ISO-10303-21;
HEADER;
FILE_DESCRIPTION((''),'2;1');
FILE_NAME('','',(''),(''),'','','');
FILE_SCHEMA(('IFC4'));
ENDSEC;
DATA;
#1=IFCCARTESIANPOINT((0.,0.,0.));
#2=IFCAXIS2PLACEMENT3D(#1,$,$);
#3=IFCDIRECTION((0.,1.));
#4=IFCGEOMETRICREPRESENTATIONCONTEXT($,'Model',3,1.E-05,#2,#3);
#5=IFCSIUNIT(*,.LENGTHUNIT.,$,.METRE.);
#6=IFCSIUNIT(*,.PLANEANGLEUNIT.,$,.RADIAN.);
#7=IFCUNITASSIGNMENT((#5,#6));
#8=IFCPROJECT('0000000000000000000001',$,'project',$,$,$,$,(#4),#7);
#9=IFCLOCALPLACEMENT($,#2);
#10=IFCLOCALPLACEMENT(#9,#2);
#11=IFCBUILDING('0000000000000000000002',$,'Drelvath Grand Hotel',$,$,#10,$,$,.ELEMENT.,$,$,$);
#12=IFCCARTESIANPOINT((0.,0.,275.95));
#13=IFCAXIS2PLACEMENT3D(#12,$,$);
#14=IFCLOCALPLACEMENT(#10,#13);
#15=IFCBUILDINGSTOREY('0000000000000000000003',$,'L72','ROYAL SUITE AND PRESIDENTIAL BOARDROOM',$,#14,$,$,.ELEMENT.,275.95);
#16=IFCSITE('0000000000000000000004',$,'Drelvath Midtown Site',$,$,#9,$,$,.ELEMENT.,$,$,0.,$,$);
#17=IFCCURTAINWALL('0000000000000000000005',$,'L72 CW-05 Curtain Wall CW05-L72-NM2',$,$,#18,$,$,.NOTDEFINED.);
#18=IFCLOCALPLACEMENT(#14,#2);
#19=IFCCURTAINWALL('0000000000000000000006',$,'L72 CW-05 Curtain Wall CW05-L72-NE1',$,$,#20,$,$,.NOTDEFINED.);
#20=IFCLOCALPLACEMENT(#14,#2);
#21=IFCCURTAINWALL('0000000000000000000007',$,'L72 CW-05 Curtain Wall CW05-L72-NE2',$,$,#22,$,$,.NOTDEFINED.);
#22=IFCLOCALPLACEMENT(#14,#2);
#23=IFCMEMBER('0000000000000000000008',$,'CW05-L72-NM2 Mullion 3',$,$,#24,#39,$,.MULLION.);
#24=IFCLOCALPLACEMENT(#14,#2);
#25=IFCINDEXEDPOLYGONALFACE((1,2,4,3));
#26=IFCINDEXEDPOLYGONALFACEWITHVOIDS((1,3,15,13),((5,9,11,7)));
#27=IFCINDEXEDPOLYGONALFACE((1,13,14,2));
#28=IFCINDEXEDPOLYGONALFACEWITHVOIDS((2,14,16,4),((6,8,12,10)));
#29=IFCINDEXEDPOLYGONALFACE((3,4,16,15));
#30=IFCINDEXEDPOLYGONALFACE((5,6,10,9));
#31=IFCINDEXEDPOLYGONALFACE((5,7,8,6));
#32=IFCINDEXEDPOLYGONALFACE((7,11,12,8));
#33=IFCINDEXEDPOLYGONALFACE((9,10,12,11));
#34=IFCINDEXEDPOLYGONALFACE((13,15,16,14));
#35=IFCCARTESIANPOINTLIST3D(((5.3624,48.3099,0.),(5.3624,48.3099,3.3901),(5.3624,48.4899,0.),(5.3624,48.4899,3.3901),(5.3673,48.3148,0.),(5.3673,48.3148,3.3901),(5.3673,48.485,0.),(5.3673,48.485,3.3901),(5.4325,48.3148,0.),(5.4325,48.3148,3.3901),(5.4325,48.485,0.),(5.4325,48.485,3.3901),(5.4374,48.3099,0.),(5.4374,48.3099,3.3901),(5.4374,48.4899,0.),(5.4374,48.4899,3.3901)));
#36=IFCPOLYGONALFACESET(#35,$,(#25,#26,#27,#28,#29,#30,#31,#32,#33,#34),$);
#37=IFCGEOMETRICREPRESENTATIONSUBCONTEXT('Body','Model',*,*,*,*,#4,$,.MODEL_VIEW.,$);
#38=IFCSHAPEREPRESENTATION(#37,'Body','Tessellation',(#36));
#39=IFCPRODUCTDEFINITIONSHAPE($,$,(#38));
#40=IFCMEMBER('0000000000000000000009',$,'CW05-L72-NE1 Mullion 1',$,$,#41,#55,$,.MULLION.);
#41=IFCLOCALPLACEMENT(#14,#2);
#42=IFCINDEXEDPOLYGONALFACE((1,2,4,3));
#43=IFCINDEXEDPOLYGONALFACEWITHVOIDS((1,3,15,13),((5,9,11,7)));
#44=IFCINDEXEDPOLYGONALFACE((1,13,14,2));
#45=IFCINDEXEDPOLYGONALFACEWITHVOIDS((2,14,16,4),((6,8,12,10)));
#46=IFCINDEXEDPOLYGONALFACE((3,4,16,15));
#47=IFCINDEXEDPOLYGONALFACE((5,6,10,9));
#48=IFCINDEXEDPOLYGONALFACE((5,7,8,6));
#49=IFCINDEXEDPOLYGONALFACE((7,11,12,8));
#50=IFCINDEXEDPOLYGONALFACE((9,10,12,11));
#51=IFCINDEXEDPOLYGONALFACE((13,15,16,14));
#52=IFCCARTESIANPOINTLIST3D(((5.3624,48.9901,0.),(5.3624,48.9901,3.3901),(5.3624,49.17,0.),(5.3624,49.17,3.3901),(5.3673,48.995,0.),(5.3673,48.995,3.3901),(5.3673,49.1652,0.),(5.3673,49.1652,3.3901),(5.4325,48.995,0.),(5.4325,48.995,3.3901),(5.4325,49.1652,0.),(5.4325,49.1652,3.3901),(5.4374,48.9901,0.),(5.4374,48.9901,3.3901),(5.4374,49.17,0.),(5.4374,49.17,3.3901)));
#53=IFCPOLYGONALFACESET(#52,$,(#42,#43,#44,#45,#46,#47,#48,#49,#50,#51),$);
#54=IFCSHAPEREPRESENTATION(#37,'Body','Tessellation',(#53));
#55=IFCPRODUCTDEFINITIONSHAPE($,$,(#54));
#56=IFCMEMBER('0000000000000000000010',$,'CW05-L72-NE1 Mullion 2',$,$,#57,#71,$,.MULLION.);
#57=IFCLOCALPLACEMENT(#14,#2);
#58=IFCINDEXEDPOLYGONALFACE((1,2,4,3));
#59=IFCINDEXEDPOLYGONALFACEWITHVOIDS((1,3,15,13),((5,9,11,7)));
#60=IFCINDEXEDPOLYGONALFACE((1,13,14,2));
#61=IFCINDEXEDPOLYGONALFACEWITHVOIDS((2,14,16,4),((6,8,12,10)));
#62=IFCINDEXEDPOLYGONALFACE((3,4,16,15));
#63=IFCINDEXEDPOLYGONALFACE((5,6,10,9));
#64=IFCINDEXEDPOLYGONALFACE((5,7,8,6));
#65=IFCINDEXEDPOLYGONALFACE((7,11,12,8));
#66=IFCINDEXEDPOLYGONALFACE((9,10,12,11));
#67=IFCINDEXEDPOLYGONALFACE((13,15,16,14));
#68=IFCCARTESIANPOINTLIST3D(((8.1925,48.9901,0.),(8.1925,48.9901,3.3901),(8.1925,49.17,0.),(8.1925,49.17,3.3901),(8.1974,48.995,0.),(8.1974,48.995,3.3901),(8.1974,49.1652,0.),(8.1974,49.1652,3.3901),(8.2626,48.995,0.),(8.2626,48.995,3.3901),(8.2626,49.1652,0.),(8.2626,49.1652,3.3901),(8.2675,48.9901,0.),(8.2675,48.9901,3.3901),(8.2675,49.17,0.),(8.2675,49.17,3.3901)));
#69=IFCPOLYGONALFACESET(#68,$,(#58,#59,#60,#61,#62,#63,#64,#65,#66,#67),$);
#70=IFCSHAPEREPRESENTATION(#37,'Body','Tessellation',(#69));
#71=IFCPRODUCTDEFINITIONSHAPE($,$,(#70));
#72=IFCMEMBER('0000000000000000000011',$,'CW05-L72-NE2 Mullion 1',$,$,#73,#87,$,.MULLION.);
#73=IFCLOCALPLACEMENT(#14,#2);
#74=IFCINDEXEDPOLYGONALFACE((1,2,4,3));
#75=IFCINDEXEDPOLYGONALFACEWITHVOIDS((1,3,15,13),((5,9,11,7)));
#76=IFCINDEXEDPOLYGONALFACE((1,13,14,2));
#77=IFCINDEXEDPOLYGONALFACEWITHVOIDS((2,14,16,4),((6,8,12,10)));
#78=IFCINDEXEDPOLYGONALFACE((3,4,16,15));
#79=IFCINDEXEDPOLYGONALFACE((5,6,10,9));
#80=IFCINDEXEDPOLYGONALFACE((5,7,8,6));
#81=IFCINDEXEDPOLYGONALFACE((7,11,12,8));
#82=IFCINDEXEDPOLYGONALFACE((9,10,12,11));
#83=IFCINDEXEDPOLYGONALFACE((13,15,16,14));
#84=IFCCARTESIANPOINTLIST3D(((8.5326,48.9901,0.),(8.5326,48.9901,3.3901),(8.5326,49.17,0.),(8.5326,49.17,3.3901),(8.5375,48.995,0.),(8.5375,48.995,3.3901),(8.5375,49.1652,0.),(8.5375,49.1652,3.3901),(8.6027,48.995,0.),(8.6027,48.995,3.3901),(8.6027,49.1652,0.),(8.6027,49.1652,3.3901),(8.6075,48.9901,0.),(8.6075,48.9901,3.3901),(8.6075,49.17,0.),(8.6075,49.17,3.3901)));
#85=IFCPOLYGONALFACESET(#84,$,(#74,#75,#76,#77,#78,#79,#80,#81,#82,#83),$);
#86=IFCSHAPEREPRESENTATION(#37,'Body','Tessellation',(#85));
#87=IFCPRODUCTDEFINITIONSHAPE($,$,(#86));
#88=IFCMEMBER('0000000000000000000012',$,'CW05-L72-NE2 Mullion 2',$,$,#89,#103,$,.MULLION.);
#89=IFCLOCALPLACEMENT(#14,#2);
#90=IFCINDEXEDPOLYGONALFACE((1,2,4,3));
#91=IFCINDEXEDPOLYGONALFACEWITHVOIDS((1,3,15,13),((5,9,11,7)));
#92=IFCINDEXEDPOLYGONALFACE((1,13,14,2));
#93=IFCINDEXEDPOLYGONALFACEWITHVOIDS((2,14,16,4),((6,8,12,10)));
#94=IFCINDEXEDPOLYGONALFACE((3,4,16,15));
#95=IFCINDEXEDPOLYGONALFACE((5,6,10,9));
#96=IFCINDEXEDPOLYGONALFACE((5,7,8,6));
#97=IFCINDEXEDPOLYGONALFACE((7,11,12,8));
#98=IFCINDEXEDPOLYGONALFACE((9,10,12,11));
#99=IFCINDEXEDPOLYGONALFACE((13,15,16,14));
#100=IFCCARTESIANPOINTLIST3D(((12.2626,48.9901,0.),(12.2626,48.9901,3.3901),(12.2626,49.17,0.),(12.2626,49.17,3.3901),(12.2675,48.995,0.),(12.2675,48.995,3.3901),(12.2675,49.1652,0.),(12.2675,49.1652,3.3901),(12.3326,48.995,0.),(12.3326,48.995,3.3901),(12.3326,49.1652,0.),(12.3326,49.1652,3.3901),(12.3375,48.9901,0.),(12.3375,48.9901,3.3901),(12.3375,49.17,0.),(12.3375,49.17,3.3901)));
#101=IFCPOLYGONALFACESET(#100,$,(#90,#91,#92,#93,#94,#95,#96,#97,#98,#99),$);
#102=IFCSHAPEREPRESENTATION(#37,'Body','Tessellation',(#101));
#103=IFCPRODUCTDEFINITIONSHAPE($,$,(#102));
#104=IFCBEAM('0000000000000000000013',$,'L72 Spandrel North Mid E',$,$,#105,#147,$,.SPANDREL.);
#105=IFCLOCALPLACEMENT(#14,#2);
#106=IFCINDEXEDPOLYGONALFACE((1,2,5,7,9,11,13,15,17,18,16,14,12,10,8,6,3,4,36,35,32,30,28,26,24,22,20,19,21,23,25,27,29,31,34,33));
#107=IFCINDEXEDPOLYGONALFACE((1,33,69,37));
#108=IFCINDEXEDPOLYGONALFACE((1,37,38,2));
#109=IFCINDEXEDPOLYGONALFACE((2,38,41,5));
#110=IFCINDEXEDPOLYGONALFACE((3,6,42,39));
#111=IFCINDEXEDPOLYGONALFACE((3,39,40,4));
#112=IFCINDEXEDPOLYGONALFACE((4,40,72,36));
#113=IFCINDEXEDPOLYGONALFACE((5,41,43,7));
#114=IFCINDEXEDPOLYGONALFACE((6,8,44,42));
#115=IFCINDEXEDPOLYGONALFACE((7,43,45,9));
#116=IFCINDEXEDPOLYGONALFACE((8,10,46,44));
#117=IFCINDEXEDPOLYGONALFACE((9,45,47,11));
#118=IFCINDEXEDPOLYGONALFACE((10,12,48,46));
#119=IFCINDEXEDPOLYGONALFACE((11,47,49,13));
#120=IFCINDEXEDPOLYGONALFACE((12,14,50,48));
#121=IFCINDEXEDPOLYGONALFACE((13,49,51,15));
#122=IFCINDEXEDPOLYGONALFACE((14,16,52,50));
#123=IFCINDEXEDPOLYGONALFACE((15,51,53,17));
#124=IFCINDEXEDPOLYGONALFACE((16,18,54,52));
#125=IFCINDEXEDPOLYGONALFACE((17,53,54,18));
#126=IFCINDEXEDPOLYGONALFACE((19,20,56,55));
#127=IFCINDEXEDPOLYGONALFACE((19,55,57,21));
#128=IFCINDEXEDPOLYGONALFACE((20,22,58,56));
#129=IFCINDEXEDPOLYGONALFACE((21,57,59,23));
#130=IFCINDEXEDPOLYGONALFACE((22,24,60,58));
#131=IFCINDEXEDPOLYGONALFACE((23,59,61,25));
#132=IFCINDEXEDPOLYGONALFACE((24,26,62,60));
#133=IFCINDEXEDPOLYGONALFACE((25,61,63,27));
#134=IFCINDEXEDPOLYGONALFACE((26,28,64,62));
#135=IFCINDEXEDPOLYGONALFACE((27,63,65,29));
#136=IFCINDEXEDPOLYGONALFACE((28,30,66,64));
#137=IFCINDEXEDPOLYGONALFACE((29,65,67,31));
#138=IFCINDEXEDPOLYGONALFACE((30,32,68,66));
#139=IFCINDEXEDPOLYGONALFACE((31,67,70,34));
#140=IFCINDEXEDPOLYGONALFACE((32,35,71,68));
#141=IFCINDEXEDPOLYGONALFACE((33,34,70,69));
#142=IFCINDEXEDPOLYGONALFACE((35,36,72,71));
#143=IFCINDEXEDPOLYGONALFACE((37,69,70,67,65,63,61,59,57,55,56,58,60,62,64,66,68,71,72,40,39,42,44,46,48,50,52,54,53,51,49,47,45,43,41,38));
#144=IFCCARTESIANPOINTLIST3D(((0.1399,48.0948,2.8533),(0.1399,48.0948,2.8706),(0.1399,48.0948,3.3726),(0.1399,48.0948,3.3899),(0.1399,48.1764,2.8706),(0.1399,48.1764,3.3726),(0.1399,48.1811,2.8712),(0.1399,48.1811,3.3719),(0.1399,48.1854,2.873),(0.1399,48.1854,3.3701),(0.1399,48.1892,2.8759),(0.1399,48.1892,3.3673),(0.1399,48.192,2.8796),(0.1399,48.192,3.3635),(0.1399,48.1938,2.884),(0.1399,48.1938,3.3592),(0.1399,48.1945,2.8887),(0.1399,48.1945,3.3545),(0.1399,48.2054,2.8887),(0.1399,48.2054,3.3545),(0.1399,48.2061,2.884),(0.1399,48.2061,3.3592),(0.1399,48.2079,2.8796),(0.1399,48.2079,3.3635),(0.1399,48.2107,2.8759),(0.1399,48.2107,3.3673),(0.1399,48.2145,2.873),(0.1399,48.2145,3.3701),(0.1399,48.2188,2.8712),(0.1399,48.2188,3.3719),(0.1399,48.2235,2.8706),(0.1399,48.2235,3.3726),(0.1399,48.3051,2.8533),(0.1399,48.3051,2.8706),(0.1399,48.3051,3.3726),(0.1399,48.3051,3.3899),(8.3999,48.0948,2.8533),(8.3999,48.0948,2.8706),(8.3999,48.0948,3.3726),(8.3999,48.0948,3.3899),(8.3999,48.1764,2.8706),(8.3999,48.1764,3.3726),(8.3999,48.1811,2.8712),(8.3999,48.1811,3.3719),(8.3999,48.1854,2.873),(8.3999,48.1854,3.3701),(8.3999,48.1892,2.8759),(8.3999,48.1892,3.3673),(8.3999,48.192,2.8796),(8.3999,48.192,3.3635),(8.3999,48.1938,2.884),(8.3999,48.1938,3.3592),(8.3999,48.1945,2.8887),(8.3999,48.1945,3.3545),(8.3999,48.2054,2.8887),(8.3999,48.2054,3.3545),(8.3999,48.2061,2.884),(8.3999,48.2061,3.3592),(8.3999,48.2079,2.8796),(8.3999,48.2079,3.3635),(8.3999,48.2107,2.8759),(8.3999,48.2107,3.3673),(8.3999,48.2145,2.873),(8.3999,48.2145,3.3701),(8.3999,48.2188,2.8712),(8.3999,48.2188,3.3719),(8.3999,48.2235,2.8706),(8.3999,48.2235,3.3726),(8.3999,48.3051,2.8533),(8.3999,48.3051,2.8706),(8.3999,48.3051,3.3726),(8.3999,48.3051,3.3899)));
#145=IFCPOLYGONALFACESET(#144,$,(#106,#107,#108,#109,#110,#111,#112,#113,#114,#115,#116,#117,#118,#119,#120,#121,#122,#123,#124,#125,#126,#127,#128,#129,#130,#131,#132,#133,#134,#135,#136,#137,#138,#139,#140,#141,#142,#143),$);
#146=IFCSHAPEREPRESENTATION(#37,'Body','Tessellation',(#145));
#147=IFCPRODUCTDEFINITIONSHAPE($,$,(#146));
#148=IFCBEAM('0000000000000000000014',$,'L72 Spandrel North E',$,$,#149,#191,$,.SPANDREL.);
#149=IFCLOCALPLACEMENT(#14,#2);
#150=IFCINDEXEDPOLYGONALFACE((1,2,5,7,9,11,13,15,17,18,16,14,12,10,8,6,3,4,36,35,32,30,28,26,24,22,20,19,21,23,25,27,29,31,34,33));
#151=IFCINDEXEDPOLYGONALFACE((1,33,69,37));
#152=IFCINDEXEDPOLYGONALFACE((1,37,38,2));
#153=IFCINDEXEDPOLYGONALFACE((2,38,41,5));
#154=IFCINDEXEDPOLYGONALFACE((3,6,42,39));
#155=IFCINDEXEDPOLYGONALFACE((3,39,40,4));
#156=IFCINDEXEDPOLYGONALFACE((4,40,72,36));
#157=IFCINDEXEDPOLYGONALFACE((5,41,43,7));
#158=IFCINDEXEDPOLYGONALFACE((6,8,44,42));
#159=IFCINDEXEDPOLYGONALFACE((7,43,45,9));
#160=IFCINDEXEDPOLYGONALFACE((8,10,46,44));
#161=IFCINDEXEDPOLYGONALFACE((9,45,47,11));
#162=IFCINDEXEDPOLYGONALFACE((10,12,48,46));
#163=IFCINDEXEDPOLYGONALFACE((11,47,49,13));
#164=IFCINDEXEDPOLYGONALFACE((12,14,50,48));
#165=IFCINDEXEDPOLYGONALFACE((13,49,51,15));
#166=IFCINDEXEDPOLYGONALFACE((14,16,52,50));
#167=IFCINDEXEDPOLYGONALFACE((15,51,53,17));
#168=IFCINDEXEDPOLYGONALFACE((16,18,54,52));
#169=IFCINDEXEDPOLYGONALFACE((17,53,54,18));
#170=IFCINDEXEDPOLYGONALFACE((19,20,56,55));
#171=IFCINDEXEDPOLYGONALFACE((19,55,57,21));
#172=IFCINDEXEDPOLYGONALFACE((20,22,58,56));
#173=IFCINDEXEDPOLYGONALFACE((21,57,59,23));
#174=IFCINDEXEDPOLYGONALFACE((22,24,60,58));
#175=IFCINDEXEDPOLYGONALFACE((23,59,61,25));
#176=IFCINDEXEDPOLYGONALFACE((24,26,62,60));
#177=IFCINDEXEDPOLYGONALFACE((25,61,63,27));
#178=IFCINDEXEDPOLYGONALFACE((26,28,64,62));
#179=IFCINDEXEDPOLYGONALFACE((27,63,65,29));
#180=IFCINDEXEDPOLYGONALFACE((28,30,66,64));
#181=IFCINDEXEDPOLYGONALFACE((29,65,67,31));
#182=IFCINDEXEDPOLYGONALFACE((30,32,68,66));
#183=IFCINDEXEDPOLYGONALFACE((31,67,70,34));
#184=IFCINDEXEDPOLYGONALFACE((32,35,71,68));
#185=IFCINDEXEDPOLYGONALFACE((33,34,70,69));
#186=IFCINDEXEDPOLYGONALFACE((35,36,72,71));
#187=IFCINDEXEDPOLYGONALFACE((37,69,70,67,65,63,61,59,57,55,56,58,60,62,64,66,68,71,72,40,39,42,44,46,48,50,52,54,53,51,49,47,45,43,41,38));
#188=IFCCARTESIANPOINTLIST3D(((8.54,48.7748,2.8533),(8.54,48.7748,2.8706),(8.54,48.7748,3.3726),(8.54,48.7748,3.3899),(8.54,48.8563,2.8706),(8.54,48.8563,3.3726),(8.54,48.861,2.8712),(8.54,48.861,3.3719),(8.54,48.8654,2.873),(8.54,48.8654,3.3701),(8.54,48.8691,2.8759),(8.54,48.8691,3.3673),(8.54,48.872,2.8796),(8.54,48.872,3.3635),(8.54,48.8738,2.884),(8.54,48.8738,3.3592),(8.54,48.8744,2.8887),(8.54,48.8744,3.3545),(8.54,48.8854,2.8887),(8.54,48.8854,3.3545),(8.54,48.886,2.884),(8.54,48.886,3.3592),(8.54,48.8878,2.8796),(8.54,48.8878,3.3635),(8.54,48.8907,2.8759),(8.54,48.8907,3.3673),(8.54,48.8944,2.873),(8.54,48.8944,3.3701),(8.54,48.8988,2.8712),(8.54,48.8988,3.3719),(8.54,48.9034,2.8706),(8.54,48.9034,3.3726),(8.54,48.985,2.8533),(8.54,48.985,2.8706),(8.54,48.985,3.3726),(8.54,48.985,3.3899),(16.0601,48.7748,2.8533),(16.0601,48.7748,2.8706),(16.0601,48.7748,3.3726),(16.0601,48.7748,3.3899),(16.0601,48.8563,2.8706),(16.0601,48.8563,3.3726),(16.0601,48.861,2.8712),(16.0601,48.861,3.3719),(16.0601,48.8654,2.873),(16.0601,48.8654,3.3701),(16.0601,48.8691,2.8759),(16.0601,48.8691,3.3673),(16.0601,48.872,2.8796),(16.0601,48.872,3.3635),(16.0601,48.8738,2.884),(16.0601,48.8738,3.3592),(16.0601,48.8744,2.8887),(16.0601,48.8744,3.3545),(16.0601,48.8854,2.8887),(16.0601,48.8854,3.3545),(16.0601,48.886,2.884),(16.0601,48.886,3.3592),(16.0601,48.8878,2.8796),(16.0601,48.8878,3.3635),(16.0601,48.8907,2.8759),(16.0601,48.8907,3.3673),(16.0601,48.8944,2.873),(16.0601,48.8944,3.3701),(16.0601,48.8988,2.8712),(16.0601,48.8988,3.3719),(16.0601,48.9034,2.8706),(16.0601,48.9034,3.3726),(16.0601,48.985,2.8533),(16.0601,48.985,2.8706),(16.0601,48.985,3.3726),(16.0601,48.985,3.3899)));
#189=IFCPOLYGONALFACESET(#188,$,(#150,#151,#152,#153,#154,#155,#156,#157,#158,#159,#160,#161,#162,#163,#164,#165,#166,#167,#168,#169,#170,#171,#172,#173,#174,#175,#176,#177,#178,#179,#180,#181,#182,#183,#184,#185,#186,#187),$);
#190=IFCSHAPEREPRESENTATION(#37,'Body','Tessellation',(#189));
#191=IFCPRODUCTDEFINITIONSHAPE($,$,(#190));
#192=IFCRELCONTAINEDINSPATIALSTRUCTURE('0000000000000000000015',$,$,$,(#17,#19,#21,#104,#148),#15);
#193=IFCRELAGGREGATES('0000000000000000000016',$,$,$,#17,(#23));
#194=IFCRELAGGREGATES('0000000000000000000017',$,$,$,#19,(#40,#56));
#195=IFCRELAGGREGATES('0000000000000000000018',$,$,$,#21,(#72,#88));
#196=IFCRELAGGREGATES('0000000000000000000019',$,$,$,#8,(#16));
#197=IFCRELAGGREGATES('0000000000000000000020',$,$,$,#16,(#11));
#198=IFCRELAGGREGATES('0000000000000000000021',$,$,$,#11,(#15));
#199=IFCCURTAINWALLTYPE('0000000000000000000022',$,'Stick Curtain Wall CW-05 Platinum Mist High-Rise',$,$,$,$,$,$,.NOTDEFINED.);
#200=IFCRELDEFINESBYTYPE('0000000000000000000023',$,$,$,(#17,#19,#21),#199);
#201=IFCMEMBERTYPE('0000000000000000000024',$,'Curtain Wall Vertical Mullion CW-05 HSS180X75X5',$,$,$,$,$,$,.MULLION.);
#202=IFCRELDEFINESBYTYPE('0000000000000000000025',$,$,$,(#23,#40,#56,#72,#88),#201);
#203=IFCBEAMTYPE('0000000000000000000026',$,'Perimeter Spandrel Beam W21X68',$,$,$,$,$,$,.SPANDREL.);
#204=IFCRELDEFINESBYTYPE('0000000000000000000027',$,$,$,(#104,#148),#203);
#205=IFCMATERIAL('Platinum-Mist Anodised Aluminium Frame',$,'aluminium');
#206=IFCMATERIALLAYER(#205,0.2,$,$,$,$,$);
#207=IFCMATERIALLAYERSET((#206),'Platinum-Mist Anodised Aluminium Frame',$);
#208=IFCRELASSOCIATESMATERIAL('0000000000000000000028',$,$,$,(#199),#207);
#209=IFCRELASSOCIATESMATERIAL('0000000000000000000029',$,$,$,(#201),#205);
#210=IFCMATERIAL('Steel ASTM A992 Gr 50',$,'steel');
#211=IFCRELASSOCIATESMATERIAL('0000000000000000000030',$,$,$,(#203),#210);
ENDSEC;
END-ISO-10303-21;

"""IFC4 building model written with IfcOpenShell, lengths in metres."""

from ifc_helpers import new_model, si_unit, direction, frame, origin, origin_2d, place, context, subcontext, project, spatial, hollow_rectangle, i_section, extrude, material, layer, layer_set, material_profile, profile_set, type_object, element, aggregate, save


model = new_model("IFC4")

# Units and contexts
model_context = context("Model", 3, precision=1e-05, world=origin(), true_north=direction((0.0, 1.0)))
body_context = subcontext(model_context, "Body", "Model", "MODEL_VIEW")
ifc_project = project(units=[si_unit("LENGTHUNIT", "METRE"), si_unit("PLANEANGLEUNIT", "RADIAN")], contexts=[model_context])

# Site, building, storey
site_placement = place(None, origin())
site = spatial("IfcSite", under=ifc_project, at=site_placement, Name="Drelvath Midtown Site", CompositionType="ELEMENT", RefElevation=0.0)
building_placement = place(site_placement, origin())
building = spatial("IfcBuilding", under=site, at=building_placement, Name="Drelvath Grand Hotel", CompositionType="ELEMENT")
storey_placement = place(building_placement, frame((0.0, 0.0, 275.95)))
storey = spatial("IfcBuildingStorey", under=building, at=storey_placement, Name="L72", Description="ROYAL SUITE AND PRESIDENTIAL BOARDROOM", CompositionType="ELEMENT", Elevation=275.95)

# Curtain walls
ifc_material_1 = material(Name="Platinum-Mist Anodised Aluminium Frame", Category="aluminium")
ifc_layer_1 = layer(ifc_material_1, 0.2)
ifc_layer_set_1 = layer_set([ifc_layer_1], Name="Platinum-Mist Anodised Aluminium Frame")
curtain_wall_type = type_object("IfcCurtainWallType", Name="Stick Curtain Wall CW-05 Platinum Mist High-Rise", PredefinedType="NOTDEFINED", material=ifc_layer_set_1)
curtain_wall_1_placement = place(storey_placement, origin())
curtain_wall_1 = element("IfcCurtainWall", 1, at=curtain_wall_1_placement, inside=storey, type_object=curtain_wall_type, Name="L72 CW-05 Curtain Wall CW05-L72-NM2", PredefinedType="NOTDEFINED")
curtain_wall_2_placement = place(storey_placement, origin())
curtain_wall_2 = element("IfcCurtainWall", 2, at=curtain_wall_2_placement, inside=storey, type_object=curtain_wall_type, Name="L72 CW-05 Curtain Wall CW05-L72-NE1", PredefinedType="NOTDEFINED")
curtain_wall_3_placement = place(storey_placement, origin())
curtain_wall_3 = element("IfcCurtainWall", 3, at=curtain_wall_3_placement, inside=storey, type_object=curtain_wall_type, Name="L72 CW-05 Curtain Wall CW05-L72-NE2", PredefinedType="NOTDEFINED")

# Members
ifc_material_profile_1 = material_profile(ifc_material_1, hollow_rectangle(XDim=0.075, YDim=0.1799, WallThickness=0.0049, at=origin_2d()), Name="HSS180X75X5")
ifc_profile_set_1 = profile_set([ifc_material_profile_1], Name="Platinum-Mist Anodised Aluminium Frame")
member_type_1 = type_object("IfcMemberType", Name="Curtain Wall Vertical Mullion CW-05 HSS180X75X5", PredefinedType="MULLION", material=ifc_profile_set_1)
member_1_placement = place(storey_placement, frame((5.3999, 48.3999, 0.0), z_axis=(0.0, 0.0, 1.0), x_axis=(1.0, 0.0, 0.0)))
member_1 = element("IfcMember", 4, at=member_1_placement, type_object=member_type_1, Name="CW05-L72-NM2 Mullion 3", PredefinedType="MULLION", context=body_context, shape_type="SweptSolid", body=[
    extrude(hollow_rectangle(XDim=0.075, YDim=0.1799, WallThickness=0.0049, at=origin_2d()), origin(), (0.0, 0.0, 1.0), 3.3901),
])
member_2_placement = place(storey_placement, frame((5.3999, 49.0801, 0.0), z_axis=(0.0, 0.0, 1.0), x_axis=(1.0, 0.0, 0.0)))
member_2 = element("IfcMember", 5, at=member_2_placement, type_object=member_type_1, Name="CW05-L72-NE1 Mullion 1", PredefinedType="MULLION", context=body_context, shape_type="SweptSolid", body=[
    extrude(hollow_rectangle(XDim=0.075, YDim=0.1799, WallThickness=0.0049, at=origin_2d()), origin(), (0.0, 0.0, 1.0), 3.3901),
])
member_3_placement = place(storey_placement, frame((8.23, 49.0801, 0.0), z_axis=(0.0, 0.0, 1.0), x_axis=(1.0, 0.0, 0.0)))
member_3 = element("IfcMember", 6, at=member_3_placement, type_object=member_type_1, Name="CW05-L72-NE1 Mullion 2", PredefinedType="MULLION", context=body_context, shape_type="SweptSolid", body=[
    extrude(hollow_rectangle(XDim=0.075, YDim=0.1799, WallThickness=0.0049, at=origin_2d()), origin(), (0.0, 0.0, 1.0), 3.3901),
])
member_4_placement = place(storey_placement, frame((8.5701, 49.0801, 0.0), z_axis=(0.0, 0.0, 1.0), x_axis=(1.0, 0.0, 0.0)))
member_4 = element("IfcMember", 7, at=member_4_placement, type_object=member_type_1, Name="CW05-L72-NE2 Mullion 1", PredefinedType="MULLION", context=body_context, shape_type="SweptSolid", body=[
    extrude(hollow_rectangle(XDim=0.075, YDim=0.1799, WallThickness=0.0049, at=origin_2d()), origin(), (0.0, 0.0, 1.0), 3.3901),
])
member_5_placement = place(storey_placement, frame((12.3, 49.0801, 0.0), z_axis=(0.0, 0.0, 1.0), x_axis=(1.0, 0.0, 0.0)))
member_5 = element("IfcMember", 8, at=member_5_placement, type_object=member_type_1, Name="CW05-L72-NE2 Mullion 2", PredefinedType="MULLION", context=body_context, shape_type="SweptSolid", body=[
    extrude(hollow_rectangle(XDim=0.075, YDim=0.1799, WallThickness=0.0049, at=origin_2d()), origin(), (0.0, 0.0, 1.0), 3.3901),
])

# Beams
ifc_material_2 = material(Name="Steel ASTM A992 Gr 50", Category="steel")
ifc_material_profile_2 = material_profile(ifc_material_2, i_section(OverallWidth=0.2102, OverallDepth=0.5366, WebThickness=0.011, FlangeThickness=0.0173, FilletRadius=0.0181, at=origin_2d()), Name="W21X68")
ifc_profile_set_2 = profile_set([ifc_material_profile_2], Name="Steel ASTM A992 Gr 50")
beam_type_1 = type_object("IfcBeamType", Name="Perimeter Spandrel Beam W21X68", PredefinedType="SPANDREL", material=ifc_profile_set_2)
beam_1_placement = place(storey_placement, frame((0.1399, 48.2, 3.1216), z_axis=(1.0, 0.0, 0.0), x_axis=(0.0, 1.0, 0.0)))
element("IfcBeam", 9, at=beam_1_placement, inside=storey, type_object=beam_type_1, Name="L72 Spandrel North Mid E", PredefinedType="SPANDREL", context=body_context, shape_type="SweptSolid", body=[
    extrude(i_section(OverallWidth=0.2102, OverallDepth=0.5366, WebThickness=0.011, FlangeThickness=0.0173, FilletRadius=0.0181, at=origin_2d()), origin(), (0.0, 0.0, 1.0), 8.26),
])
beam_2_placement = place(storey_placement, frame((8.54, 48.8799, 3.1216), z_axis=(1.0, 0.0, 0.0), x_axis=(0.0, 1.0, 0.0)))
element("IfcBeam", 10, at=beam_2_placement, inside=storey, type_object=beam_type_1, Name="L72 Spandrel North E", PredefinedType="SPANDREL", context=body_context, shape_type="SweptSolid", body=[
    extrude(i_section(OverallWidth=0.2102, OverallDepth=0.5366, WebThickness=0.011, FlangeThickness=0.0173, FilletRadius=0.0181, at=origin_2d()), origin(), (0.0, 0.0, 1.0), 7.52),
])

aggregate(curtain_wall_1, [member_1])
aggregate(curtain_wall_2, [member_2, member_3])
aggregate(curtain_wall_3, [member_4, member_5])

save(model, "model.ifc")
